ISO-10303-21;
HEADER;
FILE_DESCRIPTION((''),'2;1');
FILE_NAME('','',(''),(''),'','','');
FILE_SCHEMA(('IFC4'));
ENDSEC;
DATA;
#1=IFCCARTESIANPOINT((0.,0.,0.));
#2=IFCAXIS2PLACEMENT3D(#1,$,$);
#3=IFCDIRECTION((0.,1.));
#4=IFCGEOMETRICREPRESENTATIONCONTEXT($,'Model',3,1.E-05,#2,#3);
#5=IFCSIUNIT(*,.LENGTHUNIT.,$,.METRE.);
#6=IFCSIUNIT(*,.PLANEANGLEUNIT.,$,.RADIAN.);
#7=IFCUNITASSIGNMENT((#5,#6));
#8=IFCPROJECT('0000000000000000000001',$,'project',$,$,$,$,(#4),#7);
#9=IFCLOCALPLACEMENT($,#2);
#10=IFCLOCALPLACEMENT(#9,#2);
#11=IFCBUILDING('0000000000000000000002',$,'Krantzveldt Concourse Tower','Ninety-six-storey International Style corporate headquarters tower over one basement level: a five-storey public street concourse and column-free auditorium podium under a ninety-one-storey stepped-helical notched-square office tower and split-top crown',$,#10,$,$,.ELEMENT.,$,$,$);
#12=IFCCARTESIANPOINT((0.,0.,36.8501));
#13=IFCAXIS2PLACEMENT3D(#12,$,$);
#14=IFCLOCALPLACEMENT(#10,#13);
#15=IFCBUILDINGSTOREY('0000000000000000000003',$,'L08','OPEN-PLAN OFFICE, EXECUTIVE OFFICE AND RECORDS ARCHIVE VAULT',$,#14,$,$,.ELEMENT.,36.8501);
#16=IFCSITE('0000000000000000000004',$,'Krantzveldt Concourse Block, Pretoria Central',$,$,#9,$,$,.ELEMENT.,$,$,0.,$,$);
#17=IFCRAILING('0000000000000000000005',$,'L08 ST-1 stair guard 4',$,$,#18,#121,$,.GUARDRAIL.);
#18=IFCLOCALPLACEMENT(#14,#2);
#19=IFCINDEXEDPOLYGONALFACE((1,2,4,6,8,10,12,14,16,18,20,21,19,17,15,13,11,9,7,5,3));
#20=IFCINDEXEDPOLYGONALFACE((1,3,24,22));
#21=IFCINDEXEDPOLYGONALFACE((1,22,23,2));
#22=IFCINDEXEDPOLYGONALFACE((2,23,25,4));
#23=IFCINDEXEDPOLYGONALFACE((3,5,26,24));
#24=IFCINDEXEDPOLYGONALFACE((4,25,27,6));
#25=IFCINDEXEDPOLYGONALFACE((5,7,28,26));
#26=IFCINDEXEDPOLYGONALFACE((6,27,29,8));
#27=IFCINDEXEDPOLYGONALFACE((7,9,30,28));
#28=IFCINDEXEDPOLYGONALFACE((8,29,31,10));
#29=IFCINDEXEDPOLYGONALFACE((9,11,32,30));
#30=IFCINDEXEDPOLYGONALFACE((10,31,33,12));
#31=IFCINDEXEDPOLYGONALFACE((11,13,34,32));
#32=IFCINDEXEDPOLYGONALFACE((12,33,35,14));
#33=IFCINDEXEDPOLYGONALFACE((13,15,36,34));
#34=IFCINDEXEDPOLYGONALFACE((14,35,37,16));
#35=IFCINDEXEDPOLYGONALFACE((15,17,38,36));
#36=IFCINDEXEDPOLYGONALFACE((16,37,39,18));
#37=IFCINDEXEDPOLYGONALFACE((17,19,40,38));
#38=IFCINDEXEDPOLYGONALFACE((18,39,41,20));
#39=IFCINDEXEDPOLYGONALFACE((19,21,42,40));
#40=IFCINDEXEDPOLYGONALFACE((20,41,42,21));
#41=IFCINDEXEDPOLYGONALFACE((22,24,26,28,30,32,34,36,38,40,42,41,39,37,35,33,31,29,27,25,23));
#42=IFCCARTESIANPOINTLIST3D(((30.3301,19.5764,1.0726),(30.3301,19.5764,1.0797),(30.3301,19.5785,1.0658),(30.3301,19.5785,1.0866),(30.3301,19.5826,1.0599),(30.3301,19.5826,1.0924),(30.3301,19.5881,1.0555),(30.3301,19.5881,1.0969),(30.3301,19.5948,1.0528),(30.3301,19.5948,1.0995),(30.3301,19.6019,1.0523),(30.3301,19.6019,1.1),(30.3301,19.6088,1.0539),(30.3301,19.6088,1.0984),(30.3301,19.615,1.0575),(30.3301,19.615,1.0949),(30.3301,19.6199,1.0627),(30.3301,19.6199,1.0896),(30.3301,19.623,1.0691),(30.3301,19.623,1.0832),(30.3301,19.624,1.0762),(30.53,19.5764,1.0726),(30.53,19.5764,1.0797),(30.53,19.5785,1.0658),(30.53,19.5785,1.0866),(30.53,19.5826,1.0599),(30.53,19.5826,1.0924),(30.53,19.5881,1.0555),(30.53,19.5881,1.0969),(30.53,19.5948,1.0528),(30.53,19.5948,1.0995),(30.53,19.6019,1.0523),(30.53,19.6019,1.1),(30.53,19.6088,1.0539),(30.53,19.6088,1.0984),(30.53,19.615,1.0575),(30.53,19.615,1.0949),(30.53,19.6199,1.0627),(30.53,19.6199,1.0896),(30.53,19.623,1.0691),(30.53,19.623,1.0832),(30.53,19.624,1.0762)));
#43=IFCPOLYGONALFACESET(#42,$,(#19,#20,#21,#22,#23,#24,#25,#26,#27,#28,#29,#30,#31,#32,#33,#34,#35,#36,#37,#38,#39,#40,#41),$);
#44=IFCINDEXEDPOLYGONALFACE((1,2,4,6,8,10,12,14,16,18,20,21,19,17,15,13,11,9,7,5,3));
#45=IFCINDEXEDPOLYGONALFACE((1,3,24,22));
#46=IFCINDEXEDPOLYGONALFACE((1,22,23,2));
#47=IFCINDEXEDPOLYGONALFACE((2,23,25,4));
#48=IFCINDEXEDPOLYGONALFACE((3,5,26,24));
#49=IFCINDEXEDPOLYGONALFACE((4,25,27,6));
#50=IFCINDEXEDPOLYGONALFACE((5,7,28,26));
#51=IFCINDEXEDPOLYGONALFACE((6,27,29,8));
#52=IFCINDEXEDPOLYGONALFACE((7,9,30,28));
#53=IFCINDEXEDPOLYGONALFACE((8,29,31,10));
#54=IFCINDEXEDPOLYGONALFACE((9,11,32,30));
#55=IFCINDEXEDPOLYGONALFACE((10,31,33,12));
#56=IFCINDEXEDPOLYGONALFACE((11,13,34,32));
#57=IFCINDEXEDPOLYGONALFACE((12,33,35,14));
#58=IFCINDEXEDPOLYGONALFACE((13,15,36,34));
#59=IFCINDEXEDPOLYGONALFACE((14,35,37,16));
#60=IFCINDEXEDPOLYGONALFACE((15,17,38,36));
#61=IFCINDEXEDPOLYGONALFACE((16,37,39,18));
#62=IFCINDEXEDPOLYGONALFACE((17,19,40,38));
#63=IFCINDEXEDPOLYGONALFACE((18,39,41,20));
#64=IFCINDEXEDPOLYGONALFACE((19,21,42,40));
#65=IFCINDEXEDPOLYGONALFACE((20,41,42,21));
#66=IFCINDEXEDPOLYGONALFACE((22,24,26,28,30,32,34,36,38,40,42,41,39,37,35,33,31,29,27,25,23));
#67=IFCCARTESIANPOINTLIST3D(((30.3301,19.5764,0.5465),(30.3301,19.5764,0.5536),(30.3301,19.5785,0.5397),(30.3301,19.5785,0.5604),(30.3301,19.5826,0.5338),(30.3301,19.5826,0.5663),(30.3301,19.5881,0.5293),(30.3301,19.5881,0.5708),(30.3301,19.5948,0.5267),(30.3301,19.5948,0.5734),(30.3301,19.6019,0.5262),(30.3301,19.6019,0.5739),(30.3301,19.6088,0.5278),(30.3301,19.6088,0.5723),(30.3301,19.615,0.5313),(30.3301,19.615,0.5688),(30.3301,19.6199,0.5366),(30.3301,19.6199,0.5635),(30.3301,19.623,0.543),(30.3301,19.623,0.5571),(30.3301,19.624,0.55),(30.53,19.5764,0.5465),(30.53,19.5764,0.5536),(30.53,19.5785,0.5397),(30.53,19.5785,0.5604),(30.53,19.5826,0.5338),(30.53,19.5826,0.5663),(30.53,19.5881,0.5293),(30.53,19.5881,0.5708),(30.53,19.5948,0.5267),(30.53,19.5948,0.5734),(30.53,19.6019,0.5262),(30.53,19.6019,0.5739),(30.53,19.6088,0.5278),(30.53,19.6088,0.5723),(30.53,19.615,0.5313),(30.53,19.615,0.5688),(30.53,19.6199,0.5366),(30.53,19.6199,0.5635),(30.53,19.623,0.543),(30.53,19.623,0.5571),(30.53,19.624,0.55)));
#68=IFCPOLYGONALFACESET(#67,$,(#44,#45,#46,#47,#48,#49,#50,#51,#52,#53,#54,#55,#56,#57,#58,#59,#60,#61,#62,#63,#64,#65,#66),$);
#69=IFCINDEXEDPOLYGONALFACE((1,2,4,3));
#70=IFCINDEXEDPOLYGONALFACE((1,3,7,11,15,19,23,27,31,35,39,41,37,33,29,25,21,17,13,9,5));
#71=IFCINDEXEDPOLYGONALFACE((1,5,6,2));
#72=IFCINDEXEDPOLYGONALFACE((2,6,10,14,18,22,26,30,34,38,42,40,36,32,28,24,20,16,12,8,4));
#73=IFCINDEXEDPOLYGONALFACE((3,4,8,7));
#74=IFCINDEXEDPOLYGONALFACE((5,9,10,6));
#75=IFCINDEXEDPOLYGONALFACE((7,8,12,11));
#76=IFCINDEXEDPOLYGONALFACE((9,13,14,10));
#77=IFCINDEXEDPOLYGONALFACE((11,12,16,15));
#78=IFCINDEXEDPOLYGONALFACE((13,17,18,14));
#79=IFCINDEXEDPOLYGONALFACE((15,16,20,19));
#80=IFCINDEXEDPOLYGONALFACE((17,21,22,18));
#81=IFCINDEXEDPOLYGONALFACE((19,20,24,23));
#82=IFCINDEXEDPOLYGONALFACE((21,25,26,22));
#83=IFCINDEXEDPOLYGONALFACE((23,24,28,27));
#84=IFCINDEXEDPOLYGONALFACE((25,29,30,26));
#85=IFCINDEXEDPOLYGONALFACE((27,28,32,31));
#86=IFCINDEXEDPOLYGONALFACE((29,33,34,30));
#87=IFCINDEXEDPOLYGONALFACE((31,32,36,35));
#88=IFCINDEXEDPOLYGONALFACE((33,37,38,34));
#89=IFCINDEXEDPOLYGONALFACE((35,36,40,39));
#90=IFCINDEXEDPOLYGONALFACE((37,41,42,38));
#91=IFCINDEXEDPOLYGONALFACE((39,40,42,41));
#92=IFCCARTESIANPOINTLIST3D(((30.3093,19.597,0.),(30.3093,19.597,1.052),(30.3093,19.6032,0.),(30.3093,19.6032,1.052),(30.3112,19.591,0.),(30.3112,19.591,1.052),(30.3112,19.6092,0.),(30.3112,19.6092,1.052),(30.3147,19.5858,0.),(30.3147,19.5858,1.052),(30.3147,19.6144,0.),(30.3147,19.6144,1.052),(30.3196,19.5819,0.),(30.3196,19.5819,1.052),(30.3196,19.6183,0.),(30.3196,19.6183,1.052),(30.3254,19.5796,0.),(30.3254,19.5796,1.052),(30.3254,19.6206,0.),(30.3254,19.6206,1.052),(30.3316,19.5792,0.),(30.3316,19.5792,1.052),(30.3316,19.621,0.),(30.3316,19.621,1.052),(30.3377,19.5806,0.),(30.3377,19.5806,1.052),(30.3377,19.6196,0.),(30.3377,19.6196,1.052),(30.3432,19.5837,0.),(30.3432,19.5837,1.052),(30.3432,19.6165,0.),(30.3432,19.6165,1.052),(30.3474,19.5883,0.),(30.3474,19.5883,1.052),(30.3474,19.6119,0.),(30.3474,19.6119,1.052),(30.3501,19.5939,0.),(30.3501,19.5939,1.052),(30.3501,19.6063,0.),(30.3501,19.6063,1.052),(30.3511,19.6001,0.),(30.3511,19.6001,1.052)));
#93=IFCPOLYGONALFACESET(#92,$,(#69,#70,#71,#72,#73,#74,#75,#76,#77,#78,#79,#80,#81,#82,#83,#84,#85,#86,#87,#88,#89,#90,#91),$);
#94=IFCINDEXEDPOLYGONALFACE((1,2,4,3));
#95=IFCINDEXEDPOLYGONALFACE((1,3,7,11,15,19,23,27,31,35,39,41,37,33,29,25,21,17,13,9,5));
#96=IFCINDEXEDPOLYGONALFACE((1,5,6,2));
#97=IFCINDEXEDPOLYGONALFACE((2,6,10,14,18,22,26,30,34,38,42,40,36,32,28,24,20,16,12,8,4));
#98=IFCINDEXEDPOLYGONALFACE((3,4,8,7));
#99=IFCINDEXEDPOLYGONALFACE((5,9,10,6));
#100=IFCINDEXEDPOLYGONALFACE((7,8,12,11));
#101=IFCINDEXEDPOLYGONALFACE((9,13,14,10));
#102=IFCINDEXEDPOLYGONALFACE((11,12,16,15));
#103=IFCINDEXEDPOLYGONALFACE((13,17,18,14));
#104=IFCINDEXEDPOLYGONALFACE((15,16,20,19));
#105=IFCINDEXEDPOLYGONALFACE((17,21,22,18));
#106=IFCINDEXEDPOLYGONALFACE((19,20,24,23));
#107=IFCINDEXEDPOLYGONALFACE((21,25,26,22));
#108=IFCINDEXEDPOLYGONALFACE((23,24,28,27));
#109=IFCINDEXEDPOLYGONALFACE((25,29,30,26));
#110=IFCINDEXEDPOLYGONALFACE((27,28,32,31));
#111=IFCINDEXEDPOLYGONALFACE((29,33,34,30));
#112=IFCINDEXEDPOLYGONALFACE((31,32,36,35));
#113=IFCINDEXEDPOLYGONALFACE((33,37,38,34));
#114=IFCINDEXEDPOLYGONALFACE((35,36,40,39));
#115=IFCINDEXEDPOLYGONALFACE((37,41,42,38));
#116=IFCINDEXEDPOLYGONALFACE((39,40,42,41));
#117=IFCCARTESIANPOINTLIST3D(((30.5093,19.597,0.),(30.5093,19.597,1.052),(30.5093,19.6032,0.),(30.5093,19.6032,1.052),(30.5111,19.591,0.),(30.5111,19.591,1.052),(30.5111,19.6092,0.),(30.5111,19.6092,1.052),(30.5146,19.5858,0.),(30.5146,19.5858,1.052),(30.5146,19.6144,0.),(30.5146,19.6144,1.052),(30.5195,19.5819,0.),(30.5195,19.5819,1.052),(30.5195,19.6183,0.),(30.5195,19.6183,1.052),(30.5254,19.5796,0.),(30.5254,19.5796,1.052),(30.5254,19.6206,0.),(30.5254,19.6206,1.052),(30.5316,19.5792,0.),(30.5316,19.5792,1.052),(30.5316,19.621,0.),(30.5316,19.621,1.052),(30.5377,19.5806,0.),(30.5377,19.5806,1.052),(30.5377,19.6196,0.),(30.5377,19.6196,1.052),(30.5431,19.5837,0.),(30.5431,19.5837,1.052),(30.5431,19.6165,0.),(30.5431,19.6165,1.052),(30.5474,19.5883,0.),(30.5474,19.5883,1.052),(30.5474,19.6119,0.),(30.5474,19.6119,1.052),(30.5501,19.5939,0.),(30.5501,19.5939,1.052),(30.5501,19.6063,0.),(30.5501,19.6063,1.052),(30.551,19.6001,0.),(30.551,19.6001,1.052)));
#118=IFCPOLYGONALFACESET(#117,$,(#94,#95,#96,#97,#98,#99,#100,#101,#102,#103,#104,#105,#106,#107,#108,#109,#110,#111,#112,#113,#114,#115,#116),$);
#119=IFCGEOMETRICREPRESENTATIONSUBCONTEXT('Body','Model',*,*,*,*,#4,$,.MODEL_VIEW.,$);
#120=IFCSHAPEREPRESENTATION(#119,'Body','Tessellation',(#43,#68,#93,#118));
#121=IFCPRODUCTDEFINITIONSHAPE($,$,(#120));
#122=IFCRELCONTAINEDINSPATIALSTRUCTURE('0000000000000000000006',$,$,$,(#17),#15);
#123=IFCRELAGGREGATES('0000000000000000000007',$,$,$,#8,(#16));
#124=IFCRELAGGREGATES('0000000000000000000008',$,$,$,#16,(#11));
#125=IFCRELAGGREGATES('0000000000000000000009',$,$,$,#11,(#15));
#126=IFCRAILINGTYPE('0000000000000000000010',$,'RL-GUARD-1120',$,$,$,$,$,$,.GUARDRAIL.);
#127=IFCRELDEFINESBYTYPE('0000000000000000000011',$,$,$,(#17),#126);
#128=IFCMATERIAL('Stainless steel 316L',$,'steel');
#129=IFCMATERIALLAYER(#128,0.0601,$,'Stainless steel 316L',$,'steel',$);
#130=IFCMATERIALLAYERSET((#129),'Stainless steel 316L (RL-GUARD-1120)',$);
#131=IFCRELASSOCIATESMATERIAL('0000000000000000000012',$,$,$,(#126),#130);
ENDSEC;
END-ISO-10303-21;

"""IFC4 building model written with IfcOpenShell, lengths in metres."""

from ifc_helpers import new_model, si_unit, direction, frame, origin, origin_2d, place, context, subcontext, project, spatial, circle, extrude, material, layer, layer_set, type_object, element, save


model = new_model("IFC4")

# Units and contexts
model_context = context("Model", 3, precision=1e-05, world=origin(), true_north=direction((0.0, 1.0)))
body_context = subcontext(model_context, "Body", "Model", "MODEL_VIEW")
ifc_project = project(units=[si_unit("LENGTHUNIT", "METRE"), si_unit("PLANEANGLEUNIT", "RADIAN")], contexts=[model_context])

# Site, building, storey
site_placement = place(None, origin())
site = spatial("IfcSite", under=ifc_project, at=site_placement, Name="Krantzveldt Concourse Block, Pretoria Central", CompositionType="ELEMENT", RefElevation=0.0)
building_placement = place(site_placement, origin())
building = spatial("IfcBuilding", under=site, at=building_placement, Name="Krantzveldt Concourse Tower", Description="Ninety-six-storey International Style corporate headquarters tower over one basement level: a five-storey public street concourse and column-free auditorium podium under a ninety-one-storey stepped-helical notched-square office tower and split-top crown", CompositionType="ELEMENT")
storey_placement = place(building_placement, frame((0.0, 0.0, 36.8501)))
storey = spatial("IfcBuildingStorey", under=building, at=storey_placement, Name="L08", Description="OPEN-PLAN OFFICE, EXECUTIVE OFFICE AND RECORDS ARCHIVE VAULT", CompositionType="ELEMENT", Elevation=36.8501)

# Railing
ifc_material_1 = material(Name="Stainless steel 316L", Category="steel")
ifc_layer_1 = layer(ifc_material_1, 0.0601, Name="Stainless steel 316L", Category="steel")
ifc_layer_set_1 = layer_set([ifc_layer_1], Name="Stainless steel 316L (RL-GUARD-1120)")
railing_type_1 = type_object("IfcRailingType", Name="RL-GUARD-1120", PredefinedType="GUARDRAIL", material=ifc_layer_set_1)
railing_1_placement = place(storey_placement, frame((30.3301, 19.6001, 0.0)))
element("IfcRailing", 1, at=railing_1_placement, inside=storey, type_object=railing_type_1, Name="L08 ST-1 stair guard 4", PredefinedType="GUARDRAIL", context=body_context, shape_type="SweptSolid", body=[
    extrude(circle(Radius=0.0239, at=origin_2d()), frame((0.0, 0.0, 1.0762), z_axis=(1.0, 0.0, 0.0), x_axis=(0.0, 1.0, 0.0)), (0.0, 0.0, 1.0), 0.2),
    extrude(circle(Radius=0.0239, at=origin_2d()), frame((0.0, 0.0, 0.55), z_axis=(1.0, 0.0, 0.0), x_axis=(0.0, 1.0, 0.0)), (0.0, 0.0, 1.0), 0.2),
    extrude(circle(Radius=0.021, at=origin_2d()), origin(), (0.0, 0.0, 1.0), 1.052),
    extrude(circle(Radius=0.021, at=origin_2d()), frame((0.2, 0.0, 0.0)), (0.0, 0.0, 1.0), 1.052),
])

save(model, "model.ifc")
